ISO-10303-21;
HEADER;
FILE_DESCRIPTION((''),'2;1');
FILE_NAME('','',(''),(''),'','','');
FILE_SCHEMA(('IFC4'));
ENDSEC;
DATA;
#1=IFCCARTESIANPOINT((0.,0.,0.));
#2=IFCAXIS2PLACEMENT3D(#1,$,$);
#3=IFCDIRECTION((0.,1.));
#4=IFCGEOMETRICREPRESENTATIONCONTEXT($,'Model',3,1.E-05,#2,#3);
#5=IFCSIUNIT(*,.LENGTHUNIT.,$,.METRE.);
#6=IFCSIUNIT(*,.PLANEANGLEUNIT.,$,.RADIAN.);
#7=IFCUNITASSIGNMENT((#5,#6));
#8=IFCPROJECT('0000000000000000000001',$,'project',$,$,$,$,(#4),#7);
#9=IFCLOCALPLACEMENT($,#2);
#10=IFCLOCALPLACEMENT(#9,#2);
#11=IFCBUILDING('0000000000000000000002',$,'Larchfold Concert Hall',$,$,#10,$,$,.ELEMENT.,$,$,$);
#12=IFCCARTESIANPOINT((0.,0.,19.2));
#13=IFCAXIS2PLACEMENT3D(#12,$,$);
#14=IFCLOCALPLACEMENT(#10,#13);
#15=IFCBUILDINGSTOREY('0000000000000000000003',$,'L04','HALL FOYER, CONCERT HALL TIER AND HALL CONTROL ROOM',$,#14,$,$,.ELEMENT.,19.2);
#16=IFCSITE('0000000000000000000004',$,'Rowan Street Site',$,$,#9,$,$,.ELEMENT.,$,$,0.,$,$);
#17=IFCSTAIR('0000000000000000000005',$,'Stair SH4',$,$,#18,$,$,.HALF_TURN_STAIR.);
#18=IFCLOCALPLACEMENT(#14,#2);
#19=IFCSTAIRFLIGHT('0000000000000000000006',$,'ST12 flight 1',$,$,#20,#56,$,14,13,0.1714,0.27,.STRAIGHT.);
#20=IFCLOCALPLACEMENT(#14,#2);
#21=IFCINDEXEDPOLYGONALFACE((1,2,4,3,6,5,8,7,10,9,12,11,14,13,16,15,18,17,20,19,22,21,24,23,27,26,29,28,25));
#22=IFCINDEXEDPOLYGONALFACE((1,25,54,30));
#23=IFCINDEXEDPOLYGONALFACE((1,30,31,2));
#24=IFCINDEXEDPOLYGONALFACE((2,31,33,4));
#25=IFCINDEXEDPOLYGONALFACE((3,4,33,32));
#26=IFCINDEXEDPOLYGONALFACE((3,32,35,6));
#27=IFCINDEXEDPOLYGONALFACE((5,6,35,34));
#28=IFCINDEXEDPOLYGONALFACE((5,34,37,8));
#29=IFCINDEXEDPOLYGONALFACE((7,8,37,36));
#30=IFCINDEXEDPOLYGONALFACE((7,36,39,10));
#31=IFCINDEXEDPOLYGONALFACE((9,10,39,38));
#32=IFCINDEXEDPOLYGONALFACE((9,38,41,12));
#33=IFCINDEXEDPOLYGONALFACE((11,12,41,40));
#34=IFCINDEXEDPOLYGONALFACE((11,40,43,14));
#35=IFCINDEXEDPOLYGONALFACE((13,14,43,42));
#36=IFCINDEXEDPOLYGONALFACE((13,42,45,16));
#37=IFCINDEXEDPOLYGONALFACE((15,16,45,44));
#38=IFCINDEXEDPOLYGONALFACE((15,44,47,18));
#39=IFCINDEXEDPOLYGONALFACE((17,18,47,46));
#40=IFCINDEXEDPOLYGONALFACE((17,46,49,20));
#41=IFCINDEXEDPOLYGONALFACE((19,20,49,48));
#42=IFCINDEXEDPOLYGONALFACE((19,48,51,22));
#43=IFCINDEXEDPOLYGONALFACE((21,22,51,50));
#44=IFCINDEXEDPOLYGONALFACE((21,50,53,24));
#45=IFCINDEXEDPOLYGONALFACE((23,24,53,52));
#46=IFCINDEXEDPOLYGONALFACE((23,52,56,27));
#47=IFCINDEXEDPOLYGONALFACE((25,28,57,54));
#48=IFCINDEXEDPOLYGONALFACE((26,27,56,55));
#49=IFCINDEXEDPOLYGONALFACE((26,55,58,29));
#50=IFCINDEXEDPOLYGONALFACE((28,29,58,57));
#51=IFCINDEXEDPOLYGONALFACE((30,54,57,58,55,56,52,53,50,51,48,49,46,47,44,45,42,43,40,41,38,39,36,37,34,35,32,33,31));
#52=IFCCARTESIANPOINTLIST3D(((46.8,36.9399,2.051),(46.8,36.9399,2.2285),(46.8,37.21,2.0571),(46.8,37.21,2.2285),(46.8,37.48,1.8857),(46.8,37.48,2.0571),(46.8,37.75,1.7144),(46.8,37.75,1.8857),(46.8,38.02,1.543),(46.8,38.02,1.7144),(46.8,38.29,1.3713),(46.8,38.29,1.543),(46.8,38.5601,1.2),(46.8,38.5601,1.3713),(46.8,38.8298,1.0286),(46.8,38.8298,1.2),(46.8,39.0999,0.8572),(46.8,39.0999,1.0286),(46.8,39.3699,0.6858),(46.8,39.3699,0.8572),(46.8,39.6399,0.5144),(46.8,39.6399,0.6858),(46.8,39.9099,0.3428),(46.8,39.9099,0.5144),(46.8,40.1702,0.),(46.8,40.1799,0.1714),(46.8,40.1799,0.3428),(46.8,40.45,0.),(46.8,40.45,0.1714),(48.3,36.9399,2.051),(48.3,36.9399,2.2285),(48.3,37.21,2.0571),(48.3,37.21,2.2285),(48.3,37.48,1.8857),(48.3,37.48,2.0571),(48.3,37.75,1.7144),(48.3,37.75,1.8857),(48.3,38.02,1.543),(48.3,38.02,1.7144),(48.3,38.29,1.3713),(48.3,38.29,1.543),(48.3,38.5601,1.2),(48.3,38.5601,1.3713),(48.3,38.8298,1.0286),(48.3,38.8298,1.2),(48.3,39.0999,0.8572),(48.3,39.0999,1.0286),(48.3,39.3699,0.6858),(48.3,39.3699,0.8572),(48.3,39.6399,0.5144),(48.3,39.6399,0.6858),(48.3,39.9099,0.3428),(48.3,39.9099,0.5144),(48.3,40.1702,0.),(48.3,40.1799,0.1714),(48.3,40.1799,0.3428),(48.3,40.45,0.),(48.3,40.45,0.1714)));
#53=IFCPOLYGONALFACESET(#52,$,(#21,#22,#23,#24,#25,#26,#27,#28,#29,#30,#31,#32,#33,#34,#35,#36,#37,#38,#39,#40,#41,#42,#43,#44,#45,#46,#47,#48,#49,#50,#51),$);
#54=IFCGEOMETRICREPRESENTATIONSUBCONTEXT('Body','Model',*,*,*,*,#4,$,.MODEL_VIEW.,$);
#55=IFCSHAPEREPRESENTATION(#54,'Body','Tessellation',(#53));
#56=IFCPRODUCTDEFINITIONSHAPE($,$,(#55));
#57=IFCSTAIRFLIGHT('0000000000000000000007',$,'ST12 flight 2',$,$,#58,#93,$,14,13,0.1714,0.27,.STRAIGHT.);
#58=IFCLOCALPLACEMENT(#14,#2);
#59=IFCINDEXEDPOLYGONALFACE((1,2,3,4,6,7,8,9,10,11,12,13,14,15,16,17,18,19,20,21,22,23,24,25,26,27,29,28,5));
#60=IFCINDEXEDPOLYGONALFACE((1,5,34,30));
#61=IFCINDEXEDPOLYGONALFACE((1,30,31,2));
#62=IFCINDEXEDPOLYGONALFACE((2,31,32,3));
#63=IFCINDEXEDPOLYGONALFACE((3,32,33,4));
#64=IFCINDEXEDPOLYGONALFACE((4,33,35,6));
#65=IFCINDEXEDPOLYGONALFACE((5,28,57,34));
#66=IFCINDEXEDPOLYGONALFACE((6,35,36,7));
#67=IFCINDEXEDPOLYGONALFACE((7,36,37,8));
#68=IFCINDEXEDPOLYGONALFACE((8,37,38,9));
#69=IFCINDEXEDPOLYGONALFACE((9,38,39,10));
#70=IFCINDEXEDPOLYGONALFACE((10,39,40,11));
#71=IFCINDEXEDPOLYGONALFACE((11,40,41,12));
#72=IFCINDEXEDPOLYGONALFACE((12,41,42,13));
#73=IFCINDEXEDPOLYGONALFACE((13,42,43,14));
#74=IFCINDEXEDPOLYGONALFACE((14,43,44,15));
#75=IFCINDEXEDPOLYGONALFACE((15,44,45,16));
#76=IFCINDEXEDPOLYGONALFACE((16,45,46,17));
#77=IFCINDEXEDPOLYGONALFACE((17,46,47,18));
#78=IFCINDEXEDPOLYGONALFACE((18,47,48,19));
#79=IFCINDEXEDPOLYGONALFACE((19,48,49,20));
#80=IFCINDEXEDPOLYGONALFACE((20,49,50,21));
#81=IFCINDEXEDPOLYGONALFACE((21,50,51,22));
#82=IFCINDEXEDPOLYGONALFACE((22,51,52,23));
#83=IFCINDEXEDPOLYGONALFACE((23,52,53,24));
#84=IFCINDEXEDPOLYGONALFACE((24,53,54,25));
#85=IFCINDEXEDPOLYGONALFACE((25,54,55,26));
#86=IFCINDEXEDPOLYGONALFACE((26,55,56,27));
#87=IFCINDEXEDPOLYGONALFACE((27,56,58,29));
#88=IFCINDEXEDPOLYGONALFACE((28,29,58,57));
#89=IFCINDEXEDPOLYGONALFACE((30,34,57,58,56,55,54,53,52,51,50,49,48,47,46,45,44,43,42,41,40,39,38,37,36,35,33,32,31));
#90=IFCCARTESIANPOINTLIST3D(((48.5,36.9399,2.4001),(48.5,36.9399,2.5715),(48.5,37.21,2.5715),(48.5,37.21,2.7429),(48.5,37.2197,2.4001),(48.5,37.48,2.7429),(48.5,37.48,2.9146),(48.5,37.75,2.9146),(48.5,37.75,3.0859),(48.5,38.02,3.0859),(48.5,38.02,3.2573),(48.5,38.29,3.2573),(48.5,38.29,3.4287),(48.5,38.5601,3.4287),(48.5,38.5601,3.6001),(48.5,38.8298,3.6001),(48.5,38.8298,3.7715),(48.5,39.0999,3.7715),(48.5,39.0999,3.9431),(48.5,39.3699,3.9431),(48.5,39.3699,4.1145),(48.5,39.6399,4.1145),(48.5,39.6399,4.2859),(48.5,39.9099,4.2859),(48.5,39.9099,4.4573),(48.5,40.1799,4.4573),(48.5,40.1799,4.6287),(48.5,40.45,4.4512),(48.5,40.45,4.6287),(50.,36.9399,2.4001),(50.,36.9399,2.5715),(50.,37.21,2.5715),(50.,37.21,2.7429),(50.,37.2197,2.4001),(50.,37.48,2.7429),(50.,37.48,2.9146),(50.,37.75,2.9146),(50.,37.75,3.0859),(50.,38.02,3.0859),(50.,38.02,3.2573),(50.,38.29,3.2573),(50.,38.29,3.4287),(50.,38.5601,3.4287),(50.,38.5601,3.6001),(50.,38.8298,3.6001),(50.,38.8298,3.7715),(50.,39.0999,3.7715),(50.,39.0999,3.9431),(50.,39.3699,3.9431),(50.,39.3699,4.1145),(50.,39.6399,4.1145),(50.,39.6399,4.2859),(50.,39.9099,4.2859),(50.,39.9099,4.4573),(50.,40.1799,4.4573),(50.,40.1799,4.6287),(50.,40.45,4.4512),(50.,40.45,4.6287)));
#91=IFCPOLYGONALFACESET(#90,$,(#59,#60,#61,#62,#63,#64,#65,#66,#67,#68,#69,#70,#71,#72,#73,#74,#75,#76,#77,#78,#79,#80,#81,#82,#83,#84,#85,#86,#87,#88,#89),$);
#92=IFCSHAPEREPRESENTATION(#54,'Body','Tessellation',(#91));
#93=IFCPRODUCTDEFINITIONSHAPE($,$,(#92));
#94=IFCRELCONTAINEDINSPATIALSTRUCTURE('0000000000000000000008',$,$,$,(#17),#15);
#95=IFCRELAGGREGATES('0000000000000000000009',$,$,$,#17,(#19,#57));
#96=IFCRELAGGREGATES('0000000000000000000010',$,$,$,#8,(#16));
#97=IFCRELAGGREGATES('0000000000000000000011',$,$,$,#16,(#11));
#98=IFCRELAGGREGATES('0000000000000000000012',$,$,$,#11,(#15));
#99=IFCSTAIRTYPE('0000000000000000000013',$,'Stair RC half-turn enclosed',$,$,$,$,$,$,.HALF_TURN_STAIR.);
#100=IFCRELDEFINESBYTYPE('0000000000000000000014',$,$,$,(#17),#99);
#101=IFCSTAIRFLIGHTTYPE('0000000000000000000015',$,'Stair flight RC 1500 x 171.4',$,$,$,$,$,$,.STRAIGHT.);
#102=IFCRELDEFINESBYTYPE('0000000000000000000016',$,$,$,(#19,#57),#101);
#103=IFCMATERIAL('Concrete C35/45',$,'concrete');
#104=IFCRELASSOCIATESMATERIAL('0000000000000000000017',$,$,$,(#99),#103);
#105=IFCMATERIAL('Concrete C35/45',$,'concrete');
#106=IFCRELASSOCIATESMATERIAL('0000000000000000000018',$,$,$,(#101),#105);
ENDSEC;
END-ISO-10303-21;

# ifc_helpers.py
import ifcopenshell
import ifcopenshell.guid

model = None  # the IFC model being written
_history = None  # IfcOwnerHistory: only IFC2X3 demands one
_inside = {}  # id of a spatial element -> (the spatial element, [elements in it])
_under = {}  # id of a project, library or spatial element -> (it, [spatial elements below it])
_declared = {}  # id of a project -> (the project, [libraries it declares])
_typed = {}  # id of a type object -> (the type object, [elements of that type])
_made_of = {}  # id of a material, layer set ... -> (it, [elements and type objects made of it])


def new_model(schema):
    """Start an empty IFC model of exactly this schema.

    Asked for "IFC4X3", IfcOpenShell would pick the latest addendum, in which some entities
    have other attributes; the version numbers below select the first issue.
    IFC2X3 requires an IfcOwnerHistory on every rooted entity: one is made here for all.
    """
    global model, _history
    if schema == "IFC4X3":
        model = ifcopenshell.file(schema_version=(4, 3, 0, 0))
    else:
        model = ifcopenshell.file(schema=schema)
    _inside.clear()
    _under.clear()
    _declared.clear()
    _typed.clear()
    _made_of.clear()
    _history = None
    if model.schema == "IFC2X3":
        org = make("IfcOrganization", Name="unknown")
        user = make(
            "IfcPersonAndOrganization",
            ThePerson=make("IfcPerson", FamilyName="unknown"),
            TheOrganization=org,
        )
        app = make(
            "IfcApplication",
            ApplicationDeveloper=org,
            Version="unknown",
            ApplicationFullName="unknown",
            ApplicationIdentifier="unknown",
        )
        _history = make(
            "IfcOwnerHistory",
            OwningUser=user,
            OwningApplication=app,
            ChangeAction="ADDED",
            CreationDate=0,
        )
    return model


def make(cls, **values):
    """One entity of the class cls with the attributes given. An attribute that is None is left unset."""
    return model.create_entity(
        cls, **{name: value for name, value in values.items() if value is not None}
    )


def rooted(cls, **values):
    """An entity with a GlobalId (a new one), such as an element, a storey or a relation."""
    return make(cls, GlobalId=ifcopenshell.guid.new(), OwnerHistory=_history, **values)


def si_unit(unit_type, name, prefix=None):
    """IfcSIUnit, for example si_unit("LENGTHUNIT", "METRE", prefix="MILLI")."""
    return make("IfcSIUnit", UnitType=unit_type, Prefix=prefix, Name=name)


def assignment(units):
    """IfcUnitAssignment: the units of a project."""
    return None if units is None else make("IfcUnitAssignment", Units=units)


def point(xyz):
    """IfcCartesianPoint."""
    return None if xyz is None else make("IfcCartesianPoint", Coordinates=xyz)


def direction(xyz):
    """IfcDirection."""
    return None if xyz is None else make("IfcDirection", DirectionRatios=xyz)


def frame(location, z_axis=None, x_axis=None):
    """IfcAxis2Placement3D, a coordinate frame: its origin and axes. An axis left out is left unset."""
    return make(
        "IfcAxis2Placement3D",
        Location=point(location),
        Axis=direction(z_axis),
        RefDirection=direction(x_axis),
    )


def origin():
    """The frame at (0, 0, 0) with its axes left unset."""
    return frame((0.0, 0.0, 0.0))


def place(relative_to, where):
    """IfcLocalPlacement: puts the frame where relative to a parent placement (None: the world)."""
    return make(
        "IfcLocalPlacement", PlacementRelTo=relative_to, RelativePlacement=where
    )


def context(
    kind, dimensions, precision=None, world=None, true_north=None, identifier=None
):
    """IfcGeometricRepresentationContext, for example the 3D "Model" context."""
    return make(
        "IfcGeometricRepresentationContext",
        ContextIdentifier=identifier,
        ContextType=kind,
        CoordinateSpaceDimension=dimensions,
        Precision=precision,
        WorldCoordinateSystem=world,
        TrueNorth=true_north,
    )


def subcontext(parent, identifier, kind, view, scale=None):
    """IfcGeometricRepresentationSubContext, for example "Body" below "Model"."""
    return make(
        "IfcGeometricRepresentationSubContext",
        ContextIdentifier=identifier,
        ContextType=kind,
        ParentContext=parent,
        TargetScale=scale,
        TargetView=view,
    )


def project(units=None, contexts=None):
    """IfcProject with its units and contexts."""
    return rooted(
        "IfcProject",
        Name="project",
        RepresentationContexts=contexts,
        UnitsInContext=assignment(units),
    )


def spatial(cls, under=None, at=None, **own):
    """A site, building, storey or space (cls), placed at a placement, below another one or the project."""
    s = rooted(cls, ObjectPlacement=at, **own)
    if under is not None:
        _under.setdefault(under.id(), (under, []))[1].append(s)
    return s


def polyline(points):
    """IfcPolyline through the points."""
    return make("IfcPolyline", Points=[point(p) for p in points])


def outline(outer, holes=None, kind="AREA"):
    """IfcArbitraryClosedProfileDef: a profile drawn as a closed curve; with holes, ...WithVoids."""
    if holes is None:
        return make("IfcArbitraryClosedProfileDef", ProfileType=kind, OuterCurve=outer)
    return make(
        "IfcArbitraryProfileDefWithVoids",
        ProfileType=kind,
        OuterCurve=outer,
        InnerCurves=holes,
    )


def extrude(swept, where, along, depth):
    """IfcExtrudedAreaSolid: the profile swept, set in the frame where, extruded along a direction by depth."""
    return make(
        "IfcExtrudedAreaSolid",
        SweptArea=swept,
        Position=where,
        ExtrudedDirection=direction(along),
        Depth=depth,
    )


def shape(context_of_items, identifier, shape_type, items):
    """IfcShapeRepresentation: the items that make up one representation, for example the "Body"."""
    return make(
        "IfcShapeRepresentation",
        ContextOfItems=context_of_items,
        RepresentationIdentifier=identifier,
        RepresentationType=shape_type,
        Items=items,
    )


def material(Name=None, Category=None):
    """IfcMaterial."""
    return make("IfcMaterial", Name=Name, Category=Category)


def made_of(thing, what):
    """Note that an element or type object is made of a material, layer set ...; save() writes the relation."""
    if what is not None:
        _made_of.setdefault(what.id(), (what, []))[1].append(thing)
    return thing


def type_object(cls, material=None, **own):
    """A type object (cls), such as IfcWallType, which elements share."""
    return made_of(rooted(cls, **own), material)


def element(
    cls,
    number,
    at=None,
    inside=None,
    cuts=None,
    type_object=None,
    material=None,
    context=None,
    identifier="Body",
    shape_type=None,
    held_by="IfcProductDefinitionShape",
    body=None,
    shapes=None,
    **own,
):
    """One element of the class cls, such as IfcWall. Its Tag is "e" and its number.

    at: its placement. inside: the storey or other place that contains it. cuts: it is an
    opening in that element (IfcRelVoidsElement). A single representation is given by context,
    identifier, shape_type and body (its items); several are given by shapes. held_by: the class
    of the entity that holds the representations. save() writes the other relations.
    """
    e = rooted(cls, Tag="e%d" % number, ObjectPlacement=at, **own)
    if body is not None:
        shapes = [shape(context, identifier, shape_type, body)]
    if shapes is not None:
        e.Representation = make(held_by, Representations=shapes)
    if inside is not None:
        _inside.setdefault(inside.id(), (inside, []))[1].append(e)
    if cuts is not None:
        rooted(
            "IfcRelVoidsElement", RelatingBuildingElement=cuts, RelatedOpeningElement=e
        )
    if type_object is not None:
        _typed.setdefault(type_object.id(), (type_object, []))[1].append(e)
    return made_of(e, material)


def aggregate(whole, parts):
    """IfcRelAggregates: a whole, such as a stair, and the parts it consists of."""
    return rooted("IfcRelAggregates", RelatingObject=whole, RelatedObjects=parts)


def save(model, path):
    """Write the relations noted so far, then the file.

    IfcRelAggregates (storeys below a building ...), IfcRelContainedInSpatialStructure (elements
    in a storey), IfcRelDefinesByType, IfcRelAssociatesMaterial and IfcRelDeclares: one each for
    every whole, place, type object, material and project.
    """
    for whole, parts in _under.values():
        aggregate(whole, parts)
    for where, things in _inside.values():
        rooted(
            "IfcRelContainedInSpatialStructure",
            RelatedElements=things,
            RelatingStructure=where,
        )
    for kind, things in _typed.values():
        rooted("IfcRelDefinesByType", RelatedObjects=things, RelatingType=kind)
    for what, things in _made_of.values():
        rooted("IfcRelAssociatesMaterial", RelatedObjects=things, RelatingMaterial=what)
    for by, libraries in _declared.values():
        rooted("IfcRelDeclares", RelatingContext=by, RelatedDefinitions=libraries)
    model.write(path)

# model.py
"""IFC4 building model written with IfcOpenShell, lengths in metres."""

from ifc_helpers import new_model, si_unit, direction, frame, origin, place, context, subcontext, project, spatial, polyline, outline, extrude, material, type_object, element, aggregate, save


model = new_model("IFC4")

# Units and contexts
model_context = context("Model", 3, precision=1e-05, world=origin(), true_north=direction((0.0, 1.0)))
body_context = subcontext(model_context, "Body", "Model", "MODEL_VIEW")
ifc_project = project(units=[si_unit("LENGTHUNIT", "METRE"), si_unit("PLANEANGLEUNIT", "RADIAN")], contexts=[model_context])

# Site, building, storey
site_placement = place(None, origin())
site = spatial("IfcSite", under=ifc_project, at=site_placement, Name="Rowan Street Site", CompositionType="ELEMENT", RefElevation=0.0)
building_placement = place(site_placement, origin())
building = spatial("IfcBuilding", under=site, at=building_placement, Name="Larchfold Concert Hall", CompositionType="ELEMENT")
storey_placement = place(building_placement, frame((0.0, 0.0, 19.2)))
storey = spatial("IfcBuildingStorey", under=building, at=storey_placement, Name="L04", Description="HALL FOYER, CONCERT HALL TIER AND HALL CONTROL ROOM", CompositionType="ELEMENT", Elevation=19.2)

# Stair, stair flights
ifc_material_1 = material(Name="Concrete C35/45", Category="concrete")
stair_type = type_object("IfcStairType", Name="Stair RC half-turn enclosed", PredefinedType="HALF_TURN_STAIR", material=ifc_material_1)
stair_placement = place(storey_placement, origin())
stair = element("IfcStair", 1, at=stair_placement, inside=storey, type_object=stair_type, Name="Stair SH4", PredefinedType="HALF_TURN_STAIR")
ifc_material_2 = material(Name="Concrete C35/45", Category="concrete")
stair_flight_type = type_object("IfcStairFlightType", Name="Stair flight RC 1500 x 171.4", PredefinedType="STRAIGHT", material=ifc_material_2)
stair_flight_1_placement = place(storey_placement, frame((47.55, 40.45, 0.0), z_axis=(0.0, 0.0, 1.0), x_axis=(0.0, -1.0, 0.0)))
stair_flight_1 = element("IfcStairFlight", 2, at=stair_flight_1_placement, type_object=stair_flight_type, Name="ST12 flight 1", NumberOfRisers=14, NumberOfTreads=13, PredefinedType="STRAIGHT", RiserHeight=0.1714, TreadLength=0.27, context=body_context, shape_type="SweptSolid", body=[
    extrude(outline(polyline([(0.0, 0.0), (0.0, 0.1714), (0.27, 0.1714), (0.27, 0.3428), (0.54, 0.3428), (0.54, 0.5144), (0.8101, 0.5144), (0.8101, 0.6858), (1.0801, 0.6858), (1.0801, 0.8572), (1.3501, 0.8572), (1.3501, 1.0286), (1.6201, 1.0286), (1.6201, 1.2), (1.8899, 1.2), (1.8899, 1.3713), (2.1599, 1.3713), (2.1599, 1.543), (2.4299, 1.543), (2.4299, 1.7144), (2.7, 1.7144), (2.7, 1.8857), (2.97, 1.8857), (2.97, 2.0571), (3.24, 2.0571), (3.24, 2.2285), (3.51, 2.2285), (3.51, 2.3999), (3.51, 2.051), (0.2798, 0.0), (0.0, 0.0)])), frame((0.0, 0.75, 0.0), z_axis=(0.0, -1.0, 0.0), x_axis=(1.0, 0.0, 0.0)), (0.0, 0.0, 1.0), 1.5),
])
stair_flight_2_placement = place(storey_placement, frame((49.25, 36.9399, 2.4001), z_axis=(0.0, 0.0, 1.0), x_axis=(0.0, 1.0, 0.0)))
stair_flight_2 = element("IfcStairFlight", 3, at=stair_flight_2_placement, type_object=stair_flight_type, Name="ST12 flight 2", NumberOfRisers=14, NumberOfTreads=13, PredefinedType="STRAIGHT", RiserHeight=0.1714, TreadLength=0.27, context=body_context, shape_type="SweptSolid", body=[
    extrude(outline(polyline([(0.0, 0.0), (0.0, 0.1714), (0.27, 0.1714), (0.27, 0.3428), (0.54, 0.3428), (0.54, 0.5144), (0.8101, 0.5144), (0.8101, 0.6858), (1.0801, 0.6858), (1.0801, 0.8572), (1.3501, 0.8572), (1.3501, 1.0286), (1.6201, 1.0286), (1.6201, 1.2), (1.8899, 1.2), (1.8899, 1.3713), (2.1599, 1.3713), (2.1599, 1.543), (2.4299, 1.543), (2.4299, 1.7144), (2.7, 1.7144), (2.7, 1.8857), (2.97, 1.8857), (2.97, 2.0571), (3.24, 2.0571), (3.24, 2.2285), (3.51, 2.2285), (3.51, 2.3999), (3.51, 2.051), (0.2798, 0.0), (0.0, 0.0)])), frame((0.0, 0.75, 0.0), z_axis=(0.0, -1.0, 0.0), x_axis=(1.0, 0.0, 0.0)), (0.0, 0.0, 1.0), 1.5),
])
aggregate(stair, [stair_flight_1, stair_flight_2])

save(model, "model.ifc")
